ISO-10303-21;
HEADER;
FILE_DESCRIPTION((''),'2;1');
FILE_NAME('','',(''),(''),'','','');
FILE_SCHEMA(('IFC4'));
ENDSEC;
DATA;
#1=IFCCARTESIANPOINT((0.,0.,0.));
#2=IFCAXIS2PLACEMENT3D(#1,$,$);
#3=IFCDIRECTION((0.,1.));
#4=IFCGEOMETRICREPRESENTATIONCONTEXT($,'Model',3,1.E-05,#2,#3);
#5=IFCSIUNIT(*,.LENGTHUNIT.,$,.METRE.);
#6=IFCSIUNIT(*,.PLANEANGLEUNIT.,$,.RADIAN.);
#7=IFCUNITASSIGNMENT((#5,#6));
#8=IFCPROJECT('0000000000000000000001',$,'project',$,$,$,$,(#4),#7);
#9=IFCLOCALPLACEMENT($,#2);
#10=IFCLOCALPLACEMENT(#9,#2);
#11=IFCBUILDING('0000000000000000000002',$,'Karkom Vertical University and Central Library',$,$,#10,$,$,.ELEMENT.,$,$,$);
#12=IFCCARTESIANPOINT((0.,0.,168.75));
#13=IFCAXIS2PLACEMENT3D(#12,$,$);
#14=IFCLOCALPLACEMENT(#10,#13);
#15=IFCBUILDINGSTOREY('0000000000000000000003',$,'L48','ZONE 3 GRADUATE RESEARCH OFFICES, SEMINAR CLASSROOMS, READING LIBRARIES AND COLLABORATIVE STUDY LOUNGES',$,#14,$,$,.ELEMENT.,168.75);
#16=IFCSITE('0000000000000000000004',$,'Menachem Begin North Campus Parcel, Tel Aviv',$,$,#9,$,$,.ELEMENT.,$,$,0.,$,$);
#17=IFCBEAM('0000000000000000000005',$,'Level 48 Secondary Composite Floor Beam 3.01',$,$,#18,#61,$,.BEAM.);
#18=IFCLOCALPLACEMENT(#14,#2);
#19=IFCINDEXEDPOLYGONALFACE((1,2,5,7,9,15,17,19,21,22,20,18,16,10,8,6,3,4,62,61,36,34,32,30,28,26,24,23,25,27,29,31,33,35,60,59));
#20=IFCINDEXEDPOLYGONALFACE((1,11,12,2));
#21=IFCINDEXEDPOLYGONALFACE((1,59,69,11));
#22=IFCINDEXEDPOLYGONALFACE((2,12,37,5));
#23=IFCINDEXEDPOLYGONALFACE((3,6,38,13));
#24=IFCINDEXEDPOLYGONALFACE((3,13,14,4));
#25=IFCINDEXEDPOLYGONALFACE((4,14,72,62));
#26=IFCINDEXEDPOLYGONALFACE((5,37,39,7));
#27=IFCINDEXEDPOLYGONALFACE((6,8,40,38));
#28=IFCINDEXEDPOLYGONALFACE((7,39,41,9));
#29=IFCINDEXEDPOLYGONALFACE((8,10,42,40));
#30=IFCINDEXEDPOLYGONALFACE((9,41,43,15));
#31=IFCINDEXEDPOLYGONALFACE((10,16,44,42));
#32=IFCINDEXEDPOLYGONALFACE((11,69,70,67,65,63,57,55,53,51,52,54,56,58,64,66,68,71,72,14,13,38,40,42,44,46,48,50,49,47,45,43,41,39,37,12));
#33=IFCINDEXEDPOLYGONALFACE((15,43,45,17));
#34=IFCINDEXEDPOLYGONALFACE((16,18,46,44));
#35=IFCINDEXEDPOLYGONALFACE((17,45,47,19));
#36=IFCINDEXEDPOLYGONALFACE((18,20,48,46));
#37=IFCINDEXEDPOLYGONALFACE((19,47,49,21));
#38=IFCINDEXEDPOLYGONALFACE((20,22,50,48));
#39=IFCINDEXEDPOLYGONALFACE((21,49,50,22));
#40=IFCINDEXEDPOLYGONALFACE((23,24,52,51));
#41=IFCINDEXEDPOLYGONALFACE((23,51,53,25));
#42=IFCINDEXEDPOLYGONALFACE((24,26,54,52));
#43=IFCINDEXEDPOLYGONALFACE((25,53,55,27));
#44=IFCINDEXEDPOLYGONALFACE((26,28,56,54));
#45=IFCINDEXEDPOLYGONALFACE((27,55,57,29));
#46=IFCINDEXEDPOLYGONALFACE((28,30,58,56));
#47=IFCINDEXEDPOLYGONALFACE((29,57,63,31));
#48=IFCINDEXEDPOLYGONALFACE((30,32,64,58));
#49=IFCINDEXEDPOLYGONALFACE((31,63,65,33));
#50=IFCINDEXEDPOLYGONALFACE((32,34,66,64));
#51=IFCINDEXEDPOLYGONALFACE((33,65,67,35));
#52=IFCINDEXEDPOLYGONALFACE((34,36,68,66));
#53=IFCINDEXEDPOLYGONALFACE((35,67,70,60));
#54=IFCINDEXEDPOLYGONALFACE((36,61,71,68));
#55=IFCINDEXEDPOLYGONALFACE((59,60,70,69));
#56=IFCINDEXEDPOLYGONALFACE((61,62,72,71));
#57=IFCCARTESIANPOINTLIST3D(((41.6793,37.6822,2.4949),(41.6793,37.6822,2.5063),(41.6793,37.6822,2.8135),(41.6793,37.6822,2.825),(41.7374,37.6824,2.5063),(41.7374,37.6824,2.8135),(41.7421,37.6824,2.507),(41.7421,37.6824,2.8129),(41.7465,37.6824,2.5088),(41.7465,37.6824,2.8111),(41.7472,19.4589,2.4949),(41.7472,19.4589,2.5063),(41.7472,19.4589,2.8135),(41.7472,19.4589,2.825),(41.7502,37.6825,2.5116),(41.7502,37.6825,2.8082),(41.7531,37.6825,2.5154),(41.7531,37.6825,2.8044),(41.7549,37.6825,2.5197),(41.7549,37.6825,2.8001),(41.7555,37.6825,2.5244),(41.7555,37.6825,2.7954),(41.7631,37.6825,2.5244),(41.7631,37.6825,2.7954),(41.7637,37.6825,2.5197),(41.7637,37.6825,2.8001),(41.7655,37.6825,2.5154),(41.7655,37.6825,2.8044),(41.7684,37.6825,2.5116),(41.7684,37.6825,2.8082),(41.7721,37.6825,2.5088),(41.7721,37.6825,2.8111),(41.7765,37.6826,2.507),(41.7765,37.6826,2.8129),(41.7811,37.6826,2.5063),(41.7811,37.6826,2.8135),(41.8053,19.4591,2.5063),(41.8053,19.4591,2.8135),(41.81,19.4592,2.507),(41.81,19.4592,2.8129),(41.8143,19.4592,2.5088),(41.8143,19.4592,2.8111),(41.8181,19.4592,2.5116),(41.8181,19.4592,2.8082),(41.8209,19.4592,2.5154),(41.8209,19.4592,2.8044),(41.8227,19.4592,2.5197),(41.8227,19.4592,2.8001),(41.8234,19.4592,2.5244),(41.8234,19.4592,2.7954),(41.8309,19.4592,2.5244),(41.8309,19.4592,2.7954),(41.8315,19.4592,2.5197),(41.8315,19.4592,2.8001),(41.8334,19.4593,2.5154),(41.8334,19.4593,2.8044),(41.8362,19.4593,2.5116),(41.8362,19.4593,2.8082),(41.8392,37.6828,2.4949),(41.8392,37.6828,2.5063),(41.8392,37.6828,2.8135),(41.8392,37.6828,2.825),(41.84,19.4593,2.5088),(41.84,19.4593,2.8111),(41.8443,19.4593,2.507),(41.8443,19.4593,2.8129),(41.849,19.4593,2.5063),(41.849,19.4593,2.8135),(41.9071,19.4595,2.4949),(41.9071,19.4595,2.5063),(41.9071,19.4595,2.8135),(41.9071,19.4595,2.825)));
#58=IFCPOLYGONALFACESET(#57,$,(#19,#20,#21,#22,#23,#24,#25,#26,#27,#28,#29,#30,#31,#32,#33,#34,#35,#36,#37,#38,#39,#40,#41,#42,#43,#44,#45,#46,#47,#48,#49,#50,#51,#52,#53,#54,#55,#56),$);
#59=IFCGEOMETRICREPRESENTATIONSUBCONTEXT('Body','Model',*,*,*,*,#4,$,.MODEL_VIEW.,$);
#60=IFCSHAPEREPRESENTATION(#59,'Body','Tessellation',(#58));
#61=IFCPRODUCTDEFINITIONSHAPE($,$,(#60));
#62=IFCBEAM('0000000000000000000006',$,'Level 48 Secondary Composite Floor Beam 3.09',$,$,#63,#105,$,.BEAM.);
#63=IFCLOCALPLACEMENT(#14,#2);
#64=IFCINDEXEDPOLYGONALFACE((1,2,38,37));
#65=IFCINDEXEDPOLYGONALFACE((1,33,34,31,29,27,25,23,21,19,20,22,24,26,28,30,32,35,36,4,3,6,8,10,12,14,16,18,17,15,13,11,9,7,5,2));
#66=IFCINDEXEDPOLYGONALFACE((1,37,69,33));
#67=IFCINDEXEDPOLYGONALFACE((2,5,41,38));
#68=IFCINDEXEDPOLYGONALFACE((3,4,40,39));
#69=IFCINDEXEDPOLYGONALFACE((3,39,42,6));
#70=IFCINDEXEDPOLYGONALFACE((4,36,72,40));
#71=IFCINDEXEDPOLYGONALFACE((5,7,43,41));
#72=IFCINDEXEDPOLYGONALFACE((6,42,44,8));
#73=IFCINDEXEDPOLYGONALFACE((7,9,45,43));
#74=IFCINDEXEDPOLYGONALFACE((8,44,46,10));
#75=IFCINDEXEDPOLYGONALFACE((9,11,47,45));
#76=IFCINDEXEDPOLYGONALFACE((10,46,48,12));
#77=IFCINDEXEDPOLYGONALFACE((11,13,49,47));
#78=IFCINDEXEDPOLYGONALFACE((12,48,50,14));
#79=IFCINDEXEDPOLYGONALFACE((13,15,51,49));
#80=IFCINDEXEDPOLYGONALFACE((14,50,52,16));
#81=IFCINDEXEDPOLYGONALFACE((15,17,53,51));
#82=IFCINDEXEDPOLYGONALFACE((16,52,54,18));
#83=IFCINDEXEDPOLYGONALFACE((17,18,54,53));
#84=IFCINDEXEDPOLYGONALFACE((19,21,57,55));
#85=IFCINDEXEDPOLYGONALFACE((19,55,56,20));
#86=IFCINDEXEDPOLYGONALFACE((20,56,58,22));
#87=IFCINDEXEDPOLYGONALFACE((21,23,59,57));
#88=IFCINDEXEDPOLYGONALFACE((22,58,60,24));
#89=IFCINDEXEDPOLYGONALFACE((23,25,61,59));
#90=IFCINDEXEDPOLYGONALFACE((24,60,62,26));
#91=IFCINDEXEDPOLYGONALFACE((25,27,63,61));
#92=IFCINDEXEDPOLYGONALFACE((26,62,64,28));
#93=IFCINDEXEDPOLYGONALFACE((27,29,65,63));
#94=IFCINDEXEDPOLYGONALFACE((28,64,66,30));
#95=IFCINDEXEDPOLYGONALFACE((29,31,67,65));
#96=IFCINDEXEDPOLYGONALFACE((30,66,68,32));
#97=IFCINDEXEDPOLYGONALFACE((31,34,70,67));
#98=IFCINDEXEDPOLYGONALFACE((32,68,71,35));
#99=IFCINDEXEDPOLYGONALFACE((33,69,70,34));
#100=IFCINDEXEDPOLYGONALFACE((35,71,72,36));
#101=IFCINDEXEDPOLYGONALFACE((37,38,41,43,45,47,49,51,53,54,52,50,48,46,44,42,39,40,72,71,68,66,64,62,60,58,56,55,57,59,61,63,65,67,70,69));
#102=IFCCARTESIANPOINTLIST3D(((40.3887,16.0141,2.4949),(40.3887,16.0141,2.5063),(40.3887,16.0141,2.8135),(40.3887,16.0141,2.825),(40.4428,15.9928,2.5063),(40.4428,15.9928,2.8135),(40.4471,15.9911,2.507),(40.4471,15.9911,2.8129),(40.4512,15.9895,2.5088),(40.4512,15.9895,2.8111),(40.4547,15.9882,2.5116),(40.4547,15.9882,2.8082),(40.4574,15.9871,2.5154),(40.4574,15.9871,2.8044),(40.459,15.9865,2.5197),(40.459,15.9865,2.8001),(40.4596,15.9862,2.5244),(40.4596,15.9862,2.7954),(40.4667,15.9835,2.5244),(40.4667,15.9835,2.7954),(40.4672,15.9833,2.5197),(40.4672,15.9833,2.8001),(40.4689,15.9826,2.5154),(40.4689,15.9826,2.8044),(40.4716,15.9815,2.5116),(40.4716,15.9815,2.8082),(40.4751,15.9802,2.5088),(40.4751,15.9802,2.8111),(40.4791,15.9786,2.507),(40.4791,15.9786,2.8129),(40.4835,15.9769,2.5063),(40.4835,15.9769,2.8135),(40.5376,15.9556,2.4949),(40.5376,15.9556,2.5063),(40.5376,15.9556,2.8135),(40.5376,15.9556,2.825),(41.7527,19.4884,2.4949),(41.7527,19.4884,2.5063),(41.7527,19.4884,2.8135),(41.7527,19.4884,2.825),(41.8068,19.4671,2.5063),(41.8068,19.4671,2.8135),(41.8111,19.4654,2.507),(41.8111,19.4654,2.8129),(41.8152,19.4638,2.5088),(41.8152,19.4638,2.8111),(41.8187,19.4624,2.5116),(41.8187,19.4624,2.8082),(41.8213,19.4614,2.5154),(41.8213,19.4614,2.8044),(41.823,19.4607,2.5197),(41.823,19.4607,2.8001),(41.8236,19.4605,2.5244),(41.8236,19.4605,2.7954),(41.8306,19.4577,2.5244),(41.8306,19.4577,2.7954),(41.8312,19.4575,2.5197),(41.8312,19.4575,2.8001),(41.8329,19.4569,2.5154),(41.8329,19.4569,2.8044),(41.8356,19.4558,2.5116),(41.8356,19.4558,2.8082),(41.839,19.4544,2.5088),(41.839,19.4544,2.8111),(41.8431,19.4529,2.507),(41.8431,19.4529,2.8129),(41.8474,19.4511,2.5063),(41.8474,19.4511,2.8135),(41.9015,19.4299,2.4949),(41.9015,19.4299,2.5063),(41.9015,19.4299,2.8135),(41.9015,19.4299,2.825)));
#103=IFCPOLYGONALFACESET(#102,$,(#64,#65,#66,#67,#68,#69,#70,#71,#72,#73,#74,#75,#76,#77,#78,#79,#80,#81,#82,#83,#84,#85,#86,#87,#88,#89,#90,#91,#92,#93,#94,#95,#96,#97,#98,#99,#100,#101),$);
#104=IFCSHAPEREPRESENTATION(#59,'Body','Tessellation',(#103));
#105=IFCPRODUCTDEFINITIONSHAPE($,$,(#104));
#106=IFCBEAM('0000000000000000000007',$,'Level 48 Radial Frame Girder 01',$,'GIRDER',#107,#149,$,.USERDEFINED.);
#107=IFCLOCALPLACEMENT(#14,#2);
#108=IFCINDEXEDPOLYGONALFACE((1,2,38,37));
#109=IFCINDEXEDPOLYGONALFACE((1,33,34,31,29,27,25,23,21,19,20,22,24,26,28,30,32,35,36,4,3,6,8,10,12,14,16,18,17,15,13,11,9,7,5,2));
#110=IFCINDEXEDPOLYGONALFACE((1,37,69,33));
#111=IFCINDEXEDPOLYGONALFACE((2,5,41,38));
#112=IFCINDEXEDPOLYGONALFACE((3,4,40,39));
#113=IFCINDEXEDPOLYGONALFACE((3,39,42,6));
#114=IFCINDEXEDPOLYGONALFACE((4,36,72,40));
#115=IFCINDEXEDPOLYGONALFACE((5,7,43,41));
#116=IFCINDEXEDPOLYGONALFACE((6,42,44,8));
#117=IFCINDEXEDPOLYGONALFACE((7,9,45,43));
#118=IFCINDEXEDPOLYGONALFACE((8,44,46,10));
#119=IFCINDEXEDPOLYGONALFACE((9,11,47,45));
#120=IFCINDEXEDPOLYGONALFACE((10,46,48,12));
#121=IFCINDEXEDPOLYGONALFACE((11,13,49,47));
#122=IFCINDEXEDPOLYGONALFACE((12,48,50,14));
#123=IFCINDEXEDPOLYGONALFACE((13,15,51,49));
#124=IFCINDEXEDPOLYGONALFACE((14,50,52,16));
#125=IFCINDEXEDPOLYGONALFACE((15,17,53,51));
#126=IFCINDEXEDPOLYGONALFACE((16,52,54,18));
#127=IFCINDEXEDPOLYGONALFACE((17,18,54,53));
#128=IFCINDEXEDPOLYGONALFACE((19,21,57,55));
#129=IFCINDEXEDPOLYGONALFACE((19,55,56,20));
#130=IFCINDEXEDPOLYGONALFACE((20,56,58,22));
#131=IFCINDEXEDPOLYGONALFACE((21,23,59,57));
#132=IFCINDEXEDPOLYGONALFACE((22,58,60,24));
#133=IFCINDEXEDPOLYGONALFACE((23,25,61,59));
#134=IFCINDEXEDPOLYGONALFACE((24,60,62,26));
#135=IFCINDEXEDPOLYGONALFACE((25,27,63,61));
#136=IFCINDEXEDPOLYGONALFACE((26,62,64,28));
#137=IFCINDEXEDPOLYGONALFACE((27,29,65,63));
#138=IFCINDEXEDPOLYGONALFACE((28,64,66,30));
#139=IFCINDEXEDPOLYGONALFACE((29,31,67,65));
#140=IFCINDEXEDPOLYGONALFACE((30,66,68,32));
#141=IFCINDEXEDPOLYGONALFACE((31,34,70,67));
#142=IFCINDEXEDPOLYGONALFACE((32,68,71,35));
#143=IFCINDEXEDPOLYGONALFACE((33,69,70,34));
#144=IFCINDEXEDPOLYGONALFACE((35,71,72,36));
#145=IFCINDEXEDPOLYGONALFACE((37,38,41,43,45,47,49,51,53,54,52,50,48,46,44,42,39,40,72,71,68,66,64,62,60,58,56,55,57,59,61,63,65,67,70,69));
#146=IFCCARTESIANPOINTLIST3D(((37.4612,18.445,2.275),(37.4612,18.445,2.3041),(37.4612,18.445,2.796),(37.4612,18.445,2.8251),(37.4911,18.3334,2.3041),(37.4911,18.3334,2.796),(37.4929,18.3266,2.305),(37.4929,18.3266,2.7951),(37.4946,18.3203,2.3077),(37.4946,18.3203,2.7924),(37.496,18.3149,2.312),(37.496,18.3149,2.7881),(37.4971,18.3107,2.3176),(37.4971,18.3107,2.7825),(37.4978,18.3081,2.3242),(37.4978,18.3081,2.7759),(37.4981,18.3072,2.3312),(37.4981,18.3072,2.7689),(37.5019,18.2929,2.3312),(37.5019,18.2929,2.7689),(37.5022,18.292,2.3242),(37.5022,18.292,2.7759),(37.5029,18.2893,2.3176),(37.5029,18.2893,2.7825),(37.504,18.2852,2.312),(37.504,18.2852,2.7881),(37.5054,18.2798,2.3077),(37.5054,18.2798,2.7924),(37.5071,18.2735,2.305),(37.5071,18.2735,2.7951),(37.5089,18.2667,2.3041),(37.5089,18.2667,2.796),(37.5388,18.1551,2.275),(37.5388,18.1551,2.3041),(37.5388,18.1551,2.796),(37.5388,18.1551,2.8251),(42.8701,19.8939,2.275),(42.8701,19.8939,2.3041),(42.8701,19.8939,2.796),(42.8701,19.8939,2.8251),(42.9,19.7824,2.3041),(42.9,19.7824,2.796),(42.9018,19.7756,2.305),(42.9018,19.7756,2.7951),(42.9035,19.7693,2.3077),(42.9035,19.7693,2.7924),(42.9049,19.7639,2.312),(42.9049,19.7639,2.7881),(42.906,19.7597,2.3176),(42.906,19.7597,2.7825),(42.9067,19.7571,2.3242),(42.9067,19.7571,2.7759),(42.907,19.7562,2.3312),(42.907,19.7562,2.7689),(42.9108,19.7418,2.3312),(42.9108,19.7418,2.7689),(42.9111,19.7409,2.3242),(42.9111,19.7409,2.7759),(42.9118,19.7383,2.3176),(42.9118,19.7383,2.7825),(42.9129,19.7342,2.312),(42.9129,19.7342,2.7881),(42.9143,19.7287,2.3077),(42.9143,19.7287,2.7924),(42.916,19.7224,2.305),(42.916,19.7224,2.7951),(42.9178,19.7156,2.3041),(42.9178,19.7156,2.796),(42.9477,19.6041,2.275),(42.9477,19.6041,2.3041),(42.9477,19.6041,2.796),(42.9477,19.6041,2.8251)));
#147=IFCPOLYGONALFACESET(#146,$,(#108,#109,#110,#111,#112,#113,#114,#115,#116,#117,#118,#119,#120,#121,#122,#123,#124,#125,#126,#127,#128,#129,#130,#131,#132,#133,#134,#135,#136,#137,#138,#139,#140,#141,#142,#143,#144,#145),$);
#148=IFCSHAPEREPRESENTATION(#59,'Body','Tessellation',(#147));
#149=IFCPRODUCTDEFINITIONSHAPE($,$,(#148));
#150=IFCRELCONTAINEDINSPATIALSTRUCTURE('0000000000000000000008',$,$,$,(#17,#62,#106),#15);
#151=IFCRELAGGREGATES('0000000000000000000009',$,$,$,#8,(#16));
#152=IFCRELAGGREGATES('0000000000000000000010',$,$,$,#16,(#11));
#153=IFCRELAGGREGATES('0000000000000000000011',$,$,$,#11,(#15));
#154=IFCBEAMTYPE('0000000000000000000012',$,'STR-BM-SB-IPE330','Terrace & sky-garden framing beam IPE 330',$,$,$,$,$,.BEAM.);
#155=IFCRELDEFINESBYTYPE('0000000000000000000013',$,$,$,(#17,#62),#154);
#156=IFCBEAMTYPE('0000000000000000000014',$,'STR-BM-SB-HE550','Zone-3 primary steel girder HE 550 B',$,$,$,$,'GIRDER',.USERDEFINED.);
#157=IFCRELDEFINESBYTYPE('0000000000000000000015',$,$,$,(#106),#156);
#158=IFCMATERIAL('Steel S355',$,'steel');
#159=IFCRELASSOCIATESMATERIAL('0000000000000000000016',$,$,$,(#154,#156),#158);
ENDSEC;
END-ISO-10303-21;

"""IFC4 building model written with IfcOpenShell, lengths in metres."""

from ifc_helpers import new_model, si_unit, direction, frame, origin, origin_with_axes, origin_2d, place, context, subcontext, project, spatial, i_section, extrude, source, transform, mapped, material, material_profile, profile_set, type_object, element, save


model = new_model("IFC4")

# Units and contexts
model_context = context("Model", 3, precision=1e-05, world=origin(), true_north=direction((0.0, 1.0)))
body_context = subcontext(model_context, "Body", "Model", "MODEL_VIEW")
ifc_project = project(units=[si_unit("LENGTHUNIT", "METRE"), si_unit("PLANEANGLEUNIT", "RADIAN")], contexts=[model_context])

# Site, building, storey
site_placement = place(None, origin())
site = spatial("IfcSite", under=ifc_project, at=site_placement, Name="Menachem Begin North Campus Parcel, Tel Aviv", CompositionType="ELEMENT", RefElevation=0.0)
building_placement = place(site_placement, origin())
building = spatial("IfcBuilding", under=site, at=building_placement, Name="Karkom Vertical University and Central Library", CompositionType="ELEMENT")
storey_placement = place(building_placement, frame((0.0, 0.0, 168.75)))
storey = spatial("IfcBuildingStorey", under=building, at=storey_placement, Name="L48", Description="ZONE 3 GRADUATE RESEARCH OFFICES, SEMINAR CLASSROOMS, READING LIBRARIES AND COLLABORATIVE STUDY LOUNGES", CompositionType="ELEMENT", Elevation=168.75)

# Beams
ifc_material_1 = material(Name="Steel S355", Category="steel")
ifc_material_profile_1 = material_profile(ifc_material_1, i_section(OverallWidth=0.1599, OverallDepth=0.3301, WebThickness=0.0076, FlangeThickness=0.0115, FilletRadius=0.0181, at=origin_2d()), Name="IPE 330")
ifc_profile_set_1 = profile_set([ifc_material_profile_1], Name="Steel S355")
beam_type_1 = type_object("IfcBeamType", Name="STR-BM-SB-IPE330", Description="Terrace & sky-garden framing beam IPE 330", PredefinedType="BEAM", material=ifc_profile_set_1)
shared_shape_1 = source(origin_with_axes(), body_context, "Body", "SweptSolid", [
    extrude(i_section(OverallWidth=0.1599, OverallDepth=0.3301, WebThickness=0.0076, FlangeThickness=0.0115, FilletRadius=0.0181, at=origin_2d()), origin(), (0.0, 0.0, 1.0), 18.2234),
])
beam_1_placement = place(storey_placement, frame((41.8271, 19.4592, 2.6599), z_axis=(-0.003724, 0.999993, 0.0), x_axis=(-0.999993, -0.003724, 0.0)))
element("IfcBeam", 1, at=beam_1_placement, inside=storey, type_object=beam_type_1, Name="Level 48 Secondary Composite Floor Beam 3.01", PredefinedType="BEAM", context=body_context, shape_type="MappedRepresentation", body=[
    mapped(shared_shape_1, transform((0.0, 0.0, 0.0), scale=1.0)),
])
shared_shape_2 = source(origin_with_axes(), body_context, "Body", "SweptSolid", [
    extrude(i_section(OverallWidth=0.1599, OverallDepth=0.3301, WebThickness=0.0076, FlangeThickness=0.0115, FilletRadius=0.0181, at=origin_2d()), origin(), (0.0, 0.0, 1.0), 3.7324),
])
beam_2_placement = place(storey_placement, frame((40.4631, 15.9849, 2.6599), z_axis=(0.36544, 0.930835, 0.0), x_axis=(-0.930835, 0.36544, 0.0)))
element("IfcBeam", 2, at=beam_2_placement, inside=storey, type_object=beam_type_1, Name="Level 48 Secondary Composite Floor Beam 3.09", PredefinedType="BEAM", context=body_context, shape_type="MappedRepresentation", body=[
    mapped(shared_shape_2, transform((0.0, 0.0, 0.0), scale=1.0)),
])
ifc_material_profile_2 = material_profile(ifc_material_1, i_section(OverallWidth=0.3, OverallDepth=0.55, WebThickness=0.0149, FlangeThickness=0.0291, FilletRadius=0.0271, at=origin_2d()), Name="HE 550 B")
ifc_profile_set_2 = profile_set([ifc_material_profile_2], Name="Steel S355")
beam_type_2 = type_object("IfcBeamType", Name="STR-BM-SB-HE550", Description="Zone-3 primary steel girder HE 550 B", ElementType="GIRDER", PredefinedType="USERDEFINED", material=ifc_profile_set_2)
shared_shape_3 = source(origin_with_axes(), body_context, "Body", "SweptSolid", [
    extrude(i_section(OverallWidth=0.3, OverallDepth=0.55, WebThickness=0.0149, FlangeThickness=0.0291, FilletRadius=0.0271, at=origin_2d()), origin(), (0.0, 0.0, 1.0), 5.5996),
])
beam_3_placement = place(storey_placement, frame((37.5, 18.3, 2.55), z_axis=(0.965941, 0.258762, 0.0), x_axis=(-0.258762, 0.965941, 0.0)))
element("IfcBeam", 3, at=beam_3_placement, inside=storey, type_object=beam_type_2, Name="Level 48 Radial Frame Girder 01", ObjectType="GIRDER", PredefinedType="USERDEFINED", context=body_context, shape_type="MappedRepresentation", body=[
    mapped(shared_shape_3, transform((0.0, 0.0, 0.0), scale=1.0)),
])

save(model, "model.ifc")
